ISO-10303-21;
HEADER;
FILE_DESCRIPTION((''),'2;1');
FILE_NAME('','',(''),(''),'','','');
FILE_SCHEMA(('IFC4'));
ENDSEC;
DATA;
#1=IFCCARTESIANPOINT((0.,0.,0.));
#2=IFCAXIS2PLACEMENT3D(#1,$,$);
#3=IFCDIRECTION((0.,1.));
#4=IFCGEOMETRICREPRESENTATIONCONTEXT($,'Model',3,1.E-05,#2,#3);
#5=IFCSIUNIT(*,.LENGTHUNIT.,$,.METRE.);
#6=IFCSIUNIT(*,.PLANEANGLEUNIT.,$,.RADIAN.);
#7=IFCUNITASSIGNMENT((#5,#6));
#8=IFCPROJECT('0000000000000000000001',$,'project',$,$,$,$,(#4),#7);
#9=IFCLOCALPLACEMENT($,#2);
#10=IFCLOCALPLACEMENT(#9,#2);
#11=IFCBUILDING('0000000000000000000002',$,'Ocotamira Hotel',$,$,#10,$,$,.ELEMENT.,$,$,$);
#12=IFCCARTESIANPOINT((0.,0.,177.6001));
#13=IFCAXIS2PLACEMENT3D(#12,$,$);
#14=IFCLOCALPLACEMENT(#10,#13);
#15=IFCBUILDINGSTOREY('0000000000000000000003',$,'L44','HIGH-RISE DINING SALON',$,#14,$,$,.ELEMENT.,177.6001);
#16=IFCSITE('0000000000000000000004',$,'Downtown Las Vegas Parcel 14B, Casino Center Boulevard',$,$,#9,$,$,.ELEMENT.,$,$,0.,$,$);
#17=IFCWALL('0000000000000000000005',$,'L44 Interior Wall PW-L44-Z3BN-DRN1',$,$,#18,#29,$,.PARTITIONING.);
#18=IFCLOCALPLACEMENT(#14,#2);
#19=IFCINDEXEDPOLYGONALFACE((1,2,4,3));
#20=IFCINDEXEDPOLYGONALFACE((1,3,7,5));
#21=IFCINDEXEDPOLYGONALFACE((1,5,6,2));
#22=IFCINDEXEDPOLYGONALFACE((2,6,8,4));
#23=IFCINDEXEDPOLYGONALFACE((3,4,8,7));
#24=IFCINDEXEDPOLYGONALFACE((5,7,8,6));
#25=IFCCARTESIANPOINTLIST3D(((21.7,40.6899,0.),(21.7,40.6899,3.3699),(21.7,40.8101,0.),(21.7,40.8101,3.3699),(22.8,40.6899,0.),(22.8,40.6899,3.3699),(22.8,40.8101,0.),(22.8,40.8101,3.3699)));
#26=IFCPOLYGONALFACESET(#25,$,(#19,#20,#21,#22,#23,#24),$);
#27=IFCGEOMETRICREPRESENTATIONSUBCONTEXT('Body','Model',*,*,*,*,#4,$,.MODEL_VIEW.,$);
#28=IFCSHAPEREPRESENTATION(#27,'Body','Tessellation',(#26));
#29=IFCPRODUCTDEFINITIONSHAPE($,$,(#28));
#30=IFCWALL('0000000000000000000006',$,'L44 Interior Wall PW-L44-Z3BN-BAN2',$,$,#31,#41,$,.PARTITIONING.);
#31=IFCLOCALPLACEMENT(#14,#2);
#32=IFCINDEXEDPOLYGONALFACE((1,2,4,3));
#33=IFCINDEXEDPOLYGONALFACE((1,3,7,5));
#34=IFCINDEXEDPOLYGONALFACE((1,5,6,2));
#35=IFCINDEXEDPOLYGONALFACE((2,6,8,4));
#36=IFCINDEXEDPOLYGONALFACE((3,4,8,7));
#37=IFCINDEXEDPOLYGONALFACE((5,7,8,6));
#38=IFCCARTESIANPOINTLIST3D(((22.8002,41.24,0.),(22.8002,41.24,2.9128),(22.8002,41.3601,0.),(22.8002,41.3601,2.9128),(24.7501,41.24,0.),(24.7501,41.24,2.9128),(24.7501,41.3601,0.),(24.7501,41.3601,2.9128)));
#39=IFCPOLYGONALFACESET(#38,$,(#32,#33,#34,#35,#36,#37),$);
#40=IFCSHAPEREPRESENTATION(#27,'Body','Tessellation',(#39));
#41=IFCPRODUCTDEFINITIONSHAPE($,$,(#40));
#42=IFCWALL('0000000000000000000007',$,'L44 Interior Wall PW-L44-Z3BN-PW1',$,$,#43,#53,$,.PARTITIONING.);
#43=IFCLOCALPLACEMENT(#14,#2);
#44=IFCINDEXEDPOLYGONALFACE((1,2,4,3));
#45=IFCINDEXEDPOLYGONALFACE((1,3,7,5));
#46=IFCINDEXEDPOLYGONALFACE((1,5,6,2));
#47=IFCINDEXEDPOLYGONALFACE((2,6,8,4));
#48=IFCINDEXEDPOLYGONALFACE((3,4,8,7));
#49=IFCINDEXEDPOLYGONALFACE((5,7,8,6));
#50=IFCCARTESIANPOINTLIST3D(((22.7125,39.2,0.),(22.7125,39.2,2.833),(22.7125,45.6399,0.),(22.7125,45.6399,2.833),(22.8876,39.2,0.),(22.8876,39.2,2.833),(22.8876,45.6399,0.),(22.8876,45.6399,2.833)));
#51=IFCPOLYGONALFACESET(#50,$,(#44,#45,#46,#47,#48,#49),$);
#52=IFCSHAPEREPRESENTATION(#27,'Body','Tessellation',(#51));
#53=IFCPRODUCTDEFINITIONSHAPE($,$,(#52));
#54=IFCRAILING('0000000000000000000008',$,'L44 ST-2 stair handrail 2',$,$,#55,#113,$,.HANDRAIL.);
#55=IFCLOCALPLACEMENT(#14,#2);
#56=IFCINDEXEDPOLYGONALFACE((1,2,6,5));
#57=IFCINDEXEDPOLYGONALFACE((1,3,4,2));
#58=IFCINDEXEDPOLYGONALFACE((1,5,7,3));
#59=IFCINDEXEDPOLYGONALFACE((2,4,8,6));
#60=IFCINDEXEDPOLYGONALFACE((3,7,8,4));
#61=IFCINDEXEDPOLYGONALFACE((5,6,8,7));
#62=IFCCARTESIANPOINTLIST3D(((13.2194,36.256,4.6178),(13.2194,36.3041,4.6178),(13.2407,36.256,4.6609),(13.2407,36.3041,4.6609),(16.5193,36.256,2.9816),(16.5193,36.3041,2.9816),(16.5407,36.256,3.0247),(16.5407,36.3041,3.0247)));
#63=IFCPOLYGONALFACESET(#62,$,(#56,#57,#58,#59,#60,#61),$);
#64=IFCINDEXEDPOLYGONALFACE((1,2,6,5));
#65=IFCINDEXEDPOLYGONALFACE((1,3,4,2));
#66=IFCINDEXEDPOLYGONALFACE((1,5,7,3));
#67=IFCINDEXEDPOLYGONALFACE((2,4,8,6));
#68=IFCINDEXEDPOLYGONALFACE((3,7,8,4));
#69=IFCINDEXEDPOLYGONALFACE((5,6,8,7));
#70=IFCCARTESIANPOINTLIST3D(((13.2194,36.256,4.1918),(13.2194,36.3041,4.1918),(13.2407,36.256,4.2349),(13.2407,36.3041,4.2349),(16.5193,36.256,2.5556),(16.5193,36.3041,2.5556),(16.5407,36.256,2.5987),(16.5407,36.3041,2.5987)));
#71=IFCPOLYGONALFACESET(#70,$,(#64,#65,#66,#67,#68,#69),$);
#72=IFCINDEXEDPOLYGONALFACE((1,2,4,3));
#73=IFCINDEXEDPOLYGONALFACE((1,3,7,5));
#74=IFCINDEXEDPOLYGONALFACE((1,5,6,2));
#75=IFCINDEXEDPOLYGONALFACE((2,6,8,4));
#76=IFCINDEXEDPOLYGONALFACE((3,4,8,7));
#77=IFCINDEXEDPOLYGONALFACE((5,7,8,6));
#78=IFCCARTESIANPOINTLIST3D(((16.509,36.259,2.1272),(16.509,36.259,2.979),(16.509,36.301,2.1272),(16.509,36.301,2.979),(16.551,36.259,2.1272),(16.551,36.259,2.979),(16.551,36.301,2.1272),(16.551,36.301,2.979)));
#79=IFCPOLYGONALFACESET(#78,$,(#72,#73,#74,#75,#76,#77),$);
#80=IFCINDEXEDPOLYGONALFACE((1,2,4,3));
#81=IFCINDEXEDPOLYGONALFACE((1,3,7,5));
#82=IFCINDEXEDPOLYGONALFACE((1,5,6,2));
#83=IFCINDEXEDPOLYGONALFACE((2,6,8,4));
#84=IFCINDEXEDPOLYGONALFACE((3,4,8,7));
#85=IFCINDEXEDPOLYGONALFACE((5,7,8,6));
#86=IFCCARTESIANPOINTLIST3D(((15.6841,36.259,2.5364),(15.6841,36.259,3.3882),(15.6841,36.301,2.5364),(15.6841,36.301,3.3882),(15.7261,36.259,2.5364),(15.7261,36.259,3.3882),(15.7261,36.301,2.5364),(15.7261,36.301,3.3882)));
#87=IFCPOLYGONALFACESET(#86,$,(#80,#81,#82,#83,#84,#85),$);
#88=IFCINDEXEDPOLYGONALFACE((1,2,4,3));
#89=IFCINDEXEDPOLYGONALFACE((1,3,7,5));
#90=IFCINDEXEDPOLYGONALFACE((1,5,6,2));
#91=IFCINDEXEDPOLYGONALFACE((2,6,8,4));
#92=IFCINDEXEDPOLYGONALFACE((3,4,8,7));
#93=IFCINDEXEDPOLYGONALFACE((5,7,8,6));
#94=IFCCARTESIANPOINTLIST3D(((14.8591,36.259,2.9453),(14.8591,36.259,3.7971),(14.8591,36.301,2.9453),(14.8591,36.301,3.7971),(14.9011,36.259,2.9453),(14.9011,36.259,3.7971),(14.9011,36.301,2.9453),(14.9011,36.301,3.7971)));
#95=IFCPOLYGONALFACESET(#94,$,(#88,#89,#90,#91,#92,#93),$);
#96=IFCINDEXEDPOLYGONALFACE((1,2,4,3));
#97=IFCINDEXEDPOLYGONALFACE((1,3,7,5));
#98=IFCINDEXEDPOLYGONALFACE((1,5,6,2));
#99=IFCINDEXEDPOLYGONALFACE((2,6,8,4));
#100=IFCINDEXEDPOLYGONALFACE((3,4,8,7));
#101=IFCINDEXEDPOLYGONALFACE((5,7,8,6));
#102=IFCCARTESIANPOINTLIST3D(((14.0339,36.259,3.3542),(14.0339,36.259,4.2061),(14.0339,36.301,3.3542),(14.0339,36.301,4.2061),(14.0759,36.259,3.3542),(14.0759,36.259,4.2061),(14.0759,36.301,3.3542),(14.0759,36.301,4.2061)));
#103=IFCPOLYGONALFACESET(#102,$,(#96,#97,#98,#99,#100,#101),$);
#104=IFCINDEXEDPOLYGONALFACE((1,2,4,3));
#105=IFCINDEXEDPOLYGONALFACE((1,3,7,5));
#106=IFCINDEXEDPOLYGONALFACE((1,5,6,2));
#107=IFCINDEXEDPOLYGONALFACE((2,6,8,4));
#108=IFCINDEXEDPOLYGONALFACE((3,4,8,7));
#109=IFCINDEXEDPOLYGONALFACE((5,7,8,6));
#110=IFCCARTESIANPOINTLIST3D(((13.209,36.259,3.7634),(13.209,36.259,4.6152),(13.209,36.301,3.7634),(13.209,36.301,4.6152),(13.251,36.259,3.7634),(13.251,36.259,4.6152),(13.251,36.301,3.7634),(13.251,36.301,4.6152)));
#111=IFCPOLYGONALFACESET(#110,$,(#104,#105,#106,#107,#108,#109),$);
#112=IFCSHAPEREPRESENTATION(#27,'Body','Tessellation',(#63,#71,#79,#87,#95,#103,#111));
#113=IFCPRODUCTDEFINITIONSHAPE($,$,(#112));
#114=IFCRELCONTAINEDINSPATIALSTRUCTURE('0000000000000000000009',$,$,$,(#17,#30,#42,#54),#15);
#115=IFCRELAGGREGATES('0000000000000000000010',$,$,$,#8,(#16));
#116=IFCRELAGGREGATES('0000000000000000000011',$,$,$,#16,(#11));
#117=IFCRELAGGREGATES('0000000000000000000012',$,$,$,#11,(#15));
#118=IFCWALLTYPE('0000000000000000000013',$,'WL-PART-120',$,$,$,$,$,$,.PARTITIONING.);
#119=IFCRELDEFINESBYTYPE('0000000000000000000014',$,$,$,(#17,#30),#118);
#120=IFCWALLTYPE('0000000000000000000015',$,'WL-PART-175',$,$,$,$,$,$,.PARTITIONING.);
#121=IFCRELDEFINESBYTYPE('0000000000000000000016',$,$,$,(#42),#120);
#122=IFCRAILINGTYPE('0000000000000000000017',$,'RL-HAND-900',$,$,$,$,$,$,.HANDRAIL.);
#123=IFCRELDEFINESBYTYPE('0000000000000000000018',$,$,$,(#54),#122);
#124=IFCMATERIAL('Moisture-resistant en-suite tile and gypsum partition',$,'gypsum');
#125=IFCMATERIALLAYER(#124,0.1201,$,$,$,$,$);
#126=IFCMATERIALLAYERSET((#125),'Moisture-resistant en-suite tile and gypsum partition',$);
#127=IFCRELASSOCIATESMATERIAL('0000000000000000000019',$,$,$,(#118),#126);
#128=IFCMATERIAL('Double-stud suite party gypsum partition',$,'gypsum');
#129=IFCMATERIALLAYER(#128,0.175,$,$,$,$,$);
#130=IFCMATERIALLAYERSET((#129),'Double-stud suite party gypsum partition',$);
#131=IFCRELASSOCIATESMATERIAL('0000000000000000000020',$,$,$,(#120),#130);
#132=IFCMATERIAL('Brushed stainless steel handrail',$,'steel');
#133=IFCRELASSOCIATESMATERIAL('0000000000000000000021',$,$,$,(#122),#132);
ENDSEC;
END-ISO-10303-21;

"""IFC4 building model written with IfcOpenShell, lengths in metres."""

from ifc_helpers import new_model, si_unit, direction, frame, frame_2d, origin, origin_2d, place, context, subcontext, project, spatial, rectangle, extrude, material, layer, layer_set, type_object, element, save


model = new_model("IFC4")

# Units and contexts
model_context = context("Model", 3, precision=1e-05, world=origin(), true_north=direction((0.0, 1.0)))
body_context = subcontext(model_context, "Body", "Model", "MODEL_VIEW")
ifc_project = project(units=[si_unit("LENGTHUNIT", "METRE"), si_unit("PLANEANGLEUNIT", "RADIAN")], contexts=[model_context])

# Site, building, storey
site_placement = place(None, origin())
site = spatial("IfcSite", under=ifc_project, at=site_placement, Name="Downtown Las Vegas Parcel 14B, Casino Center Boulevard", CompositionType="ELEMENT", RefElevation=0.0)
building_placement = place(site_placement, origin())
building = spatial("IfcBuilding", under=site, at=building_placement, Name="Ocotamira Hotel", CompositionType="ELEMENT")
storey_placement = place(building_placement, frame((0.0, 0.0, 177.6001)))
storey = spatial("IfcBuildingStorey", under=building, at=storey_placement, Name="L44", Description="HIGH-RISE DINING SALON", CompositionType="ELEMENT", Elevation=177.6001)

# Walls
ifc_material_1 = material(Name="Moisture-resistant en-suite tile and gypsum partition", Category="gypsum")
ifc_layer_1 = layer(ifc_material_1, 0.1201)
ifc_layer_set_1 = layer_set([ifc_layer_1], Name="Moisture-resistant en-suite tile and gypsum partition")
wall_type_1 = type_object("IfcWallType", Name="WL-PART-120", PredefinedType="PARTITIONING", material=ifc_layer_set_1)
wall_1_placement = place(storey_placement, frame((21.7, 40.75, 0.0), z_axis=(0.0, 0.0, 1.0), x_axis=(1.0, 0.0, 0.0)))
element("IfcWall", 1, at=wall_1_placement, inside=storey, type_object=wall_type_1, Name="L44 Interior Wall PW-L44-Z3BN-DRN1", PredefinedType="PARTITIONING", context=body_context, shape_type="SweptSolid", body=[
    extrude(rectangle(XDim=1.1001, YDim=0.1201, at=frame_2d((0.55, 0.0))), origin(), (0.0, 0.0, 1.0), 3.3699),
])
wall_2_placement = place(storey_placement, frame((22.8, 41.3, 0.0), z_axis=(0.0, 0.0, 1.0), x_axis=(1.0, 0.0, 0.0)))
element("IfcWall", 2, at=wall_2_placement, inside=storey, type_object=wall_type_1, Name="L44 Interior Wall PW-L44-Z3BN-BAN2", PredefinedType="PARTITIONING", context=body_context, shape_type="SweptSolid", body=[
    extrude(rectangle(XDim=1.95, YDim=0.1201, at=frame_2d((0.9751, 0.0))), origin(), (0.0, 0.0, 1.0), 2.9128),
])
ifc_material_2 = material(Name="Double-stud suite party gypsum partition", Category="gypsum")
ifc_layer_2 = layer(ifc_material_2, 0.175)
ifc_layer_set_2 = layer_set([ifc_layer_2], Name="Double-stud suite party gypsum partition")
wall_type_2 = type_object("IfcWallType", Name="WL-PART-175", PredefinedType="PARTITIONING", material=ifc_layer_set_2)
wall_3_placement = place(storey_placement, frame((22.8, 39.2, 0.0), z_axis=(0.0, 0.0, 1.0), x_axis=(0.0, 1.0, 0.0)))
element("IfcWall", 3, at=wall_3_placement, inside=storey, type_object=wall_type_2, Name="L44 Interior Wall PW-L44-Z3BN-PW1", PredefinedType="PARTITIONING", context=body_context, shape_type="SweptSolid", body=[
    extrude(rectangle(XDim=6.4399, YDim=0.175, at=frame_2d((3.22, 0.0))), origin(), (0.0, 0.0, 1.0), 2.833),
])

# Railing
ifc_material_3 = material(Name="Brushed stainless steel handrail", Category="steel")
railing_type = type_object("IfcRailingType", Name="RL-HAND-900", PredefinedType="HANDRAIL", material=ifc_material_3)
railing_placement = place(storey_placement, frame((16.53, 36.28, 2.1272)))
element("IfcRailing", 4, at=railing_placement, inside=storey, type_object=railing_type, Name="L44 ST-2 stair handrail 2", PredefinedType="HANDRAIL", context=body_context, shape_type="SweptSolid", body=[
    extrude(rectangle(XDim=0.0481, YDim=0.0481, at=origin_2d()), frame((0.0, 0.0, 0.876), z_axis=(-0.89592, 0.0, 0.444215), x_axis=(0.0, -1.0, 0.0)), (0.0, 0.0, 1.0), 3.6833),
    extrude(rectangle(XDim=0.0481, YDim=0.0481, at=origin_2d()), frame((0.0, 0.0, 0.45), z_axis=(-0.89592, 0.0, 0.444215), x_axis=(0.0, -1.0, 0.0)), (0.0, 0.0, 1.0), 3.6833),
    extrude(rectangle(XDim=0.042, YDim=0.042, at=origin_2d()), origin(), (0.0, 0.0, 1.0), 0.8518),
    extrude(rectangle(XDim=0.042, YDim=0.042, at=origin_2d()), frame((-0.825, 0.0, 0.4092)), (0.0, 0.0, 1.0), 0.8518),
    extrude(rectangle(XDim=0.042, YDim=0.042, at=origin_2d()), frame((-1.6499, 0.0, 0.8181)), (0.0, 0.0, 1.0), 0.8518),
    extrude(rectangle(XDim=0.042, YDim=0.042, at=origin_2d()), frame((-2.4751, 0.0, 1.2271)), (0.0, 0.0, 1.0), 0.8518),
    extrude(rectangle(XDim=0.042, YDim=0.042, at=origin_2d()), frame((-3.3, 0.0, 1.6362)), (0.0, 0.0, 1.0), 0.8518),
])

save(model, "model.ifc")
